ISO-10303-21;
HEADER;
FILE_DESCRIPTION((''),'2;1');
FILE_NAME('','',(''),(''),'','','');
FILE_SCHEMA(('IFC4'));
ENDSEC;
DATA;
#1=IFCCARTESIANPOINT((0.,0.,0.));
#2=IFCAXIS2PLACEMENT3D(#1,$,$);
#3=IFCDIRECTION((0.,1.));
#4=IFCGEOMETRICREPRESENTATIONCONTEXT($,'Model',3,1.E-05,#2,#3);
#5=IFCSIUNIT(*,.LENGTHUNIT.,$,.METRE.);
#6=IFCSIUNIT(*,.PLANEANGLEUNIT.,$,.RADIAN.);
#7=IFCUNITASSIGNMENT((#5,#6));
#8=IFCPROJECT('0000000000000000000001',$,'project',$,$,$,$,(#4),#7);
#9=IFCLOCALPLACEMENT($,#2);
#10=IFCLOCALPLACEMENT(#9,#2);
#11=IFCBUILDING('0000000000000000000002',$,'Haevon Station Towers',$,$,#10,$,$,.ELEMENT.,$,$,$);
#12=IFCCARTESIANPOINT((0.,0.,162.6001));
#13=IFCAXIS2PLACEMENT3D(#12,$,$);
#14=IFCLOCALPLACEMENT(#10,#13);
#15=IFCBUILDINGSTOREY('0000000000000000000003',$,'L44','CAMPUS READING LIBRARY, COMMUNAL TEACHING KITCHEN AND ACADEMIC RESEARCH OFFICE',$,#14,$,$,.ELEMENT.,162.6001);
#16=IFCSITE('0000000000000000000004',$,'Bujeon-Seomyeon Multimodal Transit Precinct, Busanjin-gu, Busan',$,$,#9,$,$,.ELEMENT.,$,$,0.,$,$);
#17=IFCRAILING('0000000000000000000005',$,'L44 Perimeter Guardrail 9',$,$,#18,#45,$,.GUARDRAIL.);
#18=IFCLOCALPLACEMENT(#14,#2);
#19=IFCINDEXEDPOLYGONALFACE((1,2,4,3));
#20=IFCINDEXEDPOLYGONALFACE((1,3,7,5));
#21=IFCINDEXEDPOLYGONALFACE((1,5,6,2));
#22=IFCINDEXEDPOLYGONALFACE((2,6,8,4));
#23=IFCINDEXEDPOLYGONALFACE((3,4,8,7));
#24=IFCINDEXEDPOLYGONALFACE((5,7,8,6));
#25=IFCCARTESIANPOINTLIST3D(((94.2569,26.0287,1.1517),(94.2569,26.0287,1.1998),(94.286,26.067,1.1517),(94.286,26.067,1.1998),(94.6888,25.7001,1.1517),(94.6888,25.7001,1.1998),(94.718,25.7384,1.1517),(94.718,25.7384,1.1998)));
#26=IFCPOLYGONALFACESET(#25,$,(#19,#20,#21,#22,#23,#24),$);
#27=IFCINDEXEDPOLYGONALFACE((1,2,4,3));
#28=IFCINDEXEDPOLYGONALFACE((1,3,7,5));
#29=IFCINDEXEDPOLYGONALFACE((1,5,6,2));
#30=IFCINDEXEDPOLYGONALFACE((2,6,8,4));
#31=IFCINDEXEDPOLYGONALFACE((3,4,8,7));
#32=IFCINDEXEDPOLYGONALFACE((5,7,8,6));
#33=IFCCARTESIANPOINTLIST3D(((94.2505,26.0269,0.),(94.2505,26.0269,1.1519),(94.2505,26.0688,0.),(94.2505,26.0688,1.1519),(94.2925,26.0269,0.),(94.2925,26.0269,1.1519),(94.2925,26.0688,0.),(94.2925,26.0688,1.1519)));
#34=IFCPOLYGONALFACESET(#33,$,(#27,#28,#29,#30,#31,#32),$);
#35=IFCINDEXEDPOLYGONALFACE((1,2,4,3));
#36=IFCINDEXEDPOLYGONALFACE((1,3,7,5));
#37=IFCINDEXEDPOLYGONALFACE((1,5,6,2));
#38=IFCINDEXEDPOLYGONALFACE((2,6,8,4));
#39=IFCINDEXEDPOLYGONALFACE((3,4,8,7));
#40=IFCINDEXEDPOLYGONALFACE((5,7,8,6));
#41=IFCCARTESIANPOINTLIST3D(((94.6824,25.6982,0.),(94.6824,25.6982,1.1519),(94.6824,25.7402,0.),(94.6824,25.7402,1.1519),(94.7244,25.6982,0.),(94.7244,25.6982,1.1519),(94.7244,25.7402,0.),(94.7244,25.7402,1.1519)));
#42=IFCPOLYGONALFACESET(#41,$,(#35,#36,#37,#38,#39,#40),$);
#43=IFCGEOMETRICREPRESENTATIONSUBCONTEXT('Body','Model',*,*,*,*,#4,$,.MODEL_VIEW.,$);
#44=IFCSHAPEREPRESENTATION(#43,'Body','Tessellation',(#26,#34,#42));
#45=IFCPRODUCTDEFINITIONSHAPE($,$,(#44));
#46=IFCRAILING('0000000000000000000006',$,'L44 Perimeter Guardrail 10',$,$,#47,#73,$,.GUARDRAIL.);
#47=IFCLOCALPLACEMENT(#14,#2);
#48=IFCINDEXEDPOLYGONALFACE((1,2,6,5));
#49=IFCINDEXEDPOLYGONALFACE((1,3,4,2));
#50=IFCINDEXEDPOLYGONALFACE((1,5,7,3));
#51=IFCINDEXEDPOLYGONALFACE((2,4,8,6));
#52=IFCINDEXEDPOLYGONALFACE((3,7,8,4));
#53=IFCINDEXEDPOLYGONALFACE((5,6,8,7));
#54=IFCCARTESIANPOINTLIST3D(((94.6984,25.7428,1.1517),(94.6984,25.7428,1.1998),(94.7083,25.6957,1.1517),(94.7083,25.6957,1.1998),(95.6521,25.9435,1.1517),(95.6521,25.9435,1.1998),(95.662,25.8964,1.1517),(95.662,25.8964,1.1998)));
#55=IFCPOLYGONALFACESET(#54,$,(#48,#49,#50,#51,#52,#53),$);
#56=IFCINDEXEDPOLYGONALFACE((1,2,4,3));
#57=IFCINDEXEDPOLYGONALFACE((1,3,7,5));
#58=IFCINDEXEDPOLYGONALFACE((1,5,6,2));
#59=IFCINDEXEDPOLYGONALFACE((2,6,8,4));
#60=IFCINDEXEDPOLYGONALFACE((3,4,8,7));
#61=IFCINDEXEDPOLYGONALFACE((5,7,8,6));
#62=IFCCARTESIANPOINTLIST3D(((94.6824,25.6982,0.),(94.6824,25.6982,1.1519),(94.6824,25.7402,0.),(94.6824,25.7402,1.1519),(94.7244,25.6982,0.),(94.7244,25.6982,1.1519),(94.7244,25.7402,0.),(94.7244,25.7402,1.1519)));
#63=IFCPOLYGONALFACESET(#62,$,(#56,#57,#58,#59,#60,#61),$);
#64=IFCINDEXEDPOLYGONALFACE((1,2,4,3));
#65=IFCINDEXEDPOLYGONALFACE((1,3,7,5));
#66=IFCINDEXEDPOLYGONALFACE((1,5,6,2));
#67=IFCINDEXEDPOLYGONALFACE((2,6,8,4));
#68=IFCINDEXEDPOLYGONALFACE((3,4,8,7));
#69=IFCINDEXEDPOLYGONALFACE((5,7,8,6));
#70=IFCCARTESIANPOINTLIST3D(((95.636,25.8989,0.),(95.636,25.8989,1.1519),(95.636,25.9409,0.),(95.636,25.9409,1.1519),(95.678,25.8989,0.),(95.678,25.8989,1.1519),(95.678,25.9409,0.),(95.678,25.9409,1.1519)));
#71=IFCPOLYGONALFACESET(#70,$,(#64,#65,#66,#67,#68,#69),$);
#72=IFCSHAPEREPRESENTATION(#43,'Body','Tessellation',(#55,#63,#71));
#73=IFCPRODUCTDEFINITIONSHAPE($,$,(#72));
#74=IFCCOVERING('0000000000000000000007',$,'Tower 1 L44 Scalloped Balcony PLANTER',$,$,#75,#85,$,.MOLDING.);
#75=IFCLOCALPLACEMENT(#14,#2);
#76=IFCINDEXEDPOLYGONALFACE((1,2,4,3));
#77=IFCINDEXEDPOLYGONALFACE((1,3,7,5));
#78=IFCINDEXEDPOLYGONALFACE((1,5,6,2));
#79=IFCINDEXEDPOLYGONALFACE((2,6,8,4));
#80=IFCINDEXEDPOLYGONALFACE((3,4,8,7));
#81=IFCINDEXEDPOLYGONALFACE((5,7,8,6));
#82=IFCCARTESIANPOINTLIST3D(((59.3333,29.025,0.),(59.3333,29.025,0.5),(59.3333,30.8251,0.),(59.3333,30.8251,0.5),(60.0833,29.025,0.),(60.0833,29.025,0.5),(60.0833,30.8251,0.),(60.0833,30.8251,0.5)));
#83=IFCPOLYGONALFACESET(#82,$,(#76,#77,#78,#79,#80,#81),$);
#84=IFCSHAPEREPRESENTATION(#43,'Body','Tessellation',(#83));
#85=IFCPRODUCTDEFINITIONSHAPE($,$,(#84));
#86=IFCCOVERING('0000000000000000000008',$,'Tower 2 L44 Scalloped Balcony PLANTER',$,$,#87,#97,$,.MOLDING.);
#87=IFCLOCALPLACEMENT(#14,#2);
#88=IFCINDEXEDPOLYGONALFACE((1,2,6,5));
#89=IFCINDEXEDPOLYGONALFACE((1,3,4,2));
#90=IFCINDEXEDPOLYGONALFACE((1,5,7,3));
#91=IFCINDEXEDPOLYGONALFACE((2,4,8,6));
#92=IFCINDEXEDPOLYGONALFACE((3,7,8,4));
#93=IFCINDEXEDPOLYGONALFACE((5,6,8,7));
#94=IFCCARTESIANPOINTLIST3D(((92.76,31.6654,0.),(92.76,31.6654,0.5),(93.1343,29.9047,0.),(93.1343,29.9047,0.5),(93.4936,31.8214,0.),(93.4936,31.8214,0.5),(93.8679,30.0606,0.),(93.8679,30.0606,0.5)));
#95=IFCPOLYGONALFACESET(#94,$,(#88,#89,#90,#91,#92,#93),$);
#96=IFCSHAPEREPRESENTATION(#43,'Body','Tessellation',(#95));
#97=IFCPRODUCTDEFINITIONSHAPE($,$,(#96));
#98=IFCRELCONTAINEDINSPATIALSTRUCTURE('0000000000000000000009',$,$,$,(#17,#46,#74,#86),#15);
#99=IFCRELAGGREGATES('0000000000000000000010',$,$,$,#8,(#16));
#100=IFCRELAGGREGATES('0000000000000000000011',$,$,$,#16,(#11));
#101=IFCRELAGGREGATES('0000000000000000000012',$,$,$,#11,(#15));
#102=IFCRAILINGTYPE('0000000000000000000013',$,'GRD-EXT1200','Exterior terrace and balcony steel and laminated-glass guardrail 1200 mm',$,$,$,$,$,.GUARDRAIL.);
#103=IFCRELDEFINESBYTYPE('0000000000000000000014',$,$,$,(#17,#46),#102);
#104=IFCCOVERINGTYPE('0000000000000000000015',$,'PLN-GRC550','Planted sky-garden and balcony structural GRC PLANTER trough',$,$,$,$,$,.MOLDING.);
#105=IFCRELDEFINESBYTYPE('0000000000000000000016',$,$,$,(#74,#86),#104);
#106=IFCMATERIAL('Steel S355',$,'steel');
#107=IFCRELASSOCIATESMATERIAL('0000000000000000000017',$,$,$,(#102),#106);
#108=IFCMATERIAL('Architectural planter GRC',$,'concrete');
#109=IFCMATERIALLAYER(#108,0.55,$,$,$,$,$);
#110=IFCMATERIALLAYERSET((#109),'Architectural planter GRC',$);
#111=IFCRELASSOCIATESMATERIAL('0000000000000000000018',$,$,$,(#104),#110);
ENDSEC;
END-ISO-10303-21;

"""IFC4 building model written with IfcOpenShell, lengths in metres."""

from ifc_helpers import new_model, si_unit, direction, frame, origin, origin_2d, place, context, subcontext, project, spatial, rectangle, extrude, material, layer, layer_set, type_object, element, save


model = new_model("IFC4")

# Units and contexts
model_context = context("Model", 3, precision=1e-05, world=origin(), true_north=direction((0.0, 1.0)))
body_context = subcontext(model_context, "Body", "Model", "MODEL_VIEW")
ifc_project = project(units=[si_unit("LENGTHUNIT", "METRE"), si_unit("PLANEANGLEUNIT", "RADIAN")], contexts=[model_context])

# Site, building, storey
site_placement = place(None, origin())
site = spatial("IfcSite", under=ifc_project, at=site_placement, Name="Bujeon-Seomyeon Multimodal Transit Precinct, Busanjin-gu, Busan", CompositionType="ELEMENT", RefElevation=0.0)
building_placement = place(site_placement, origin())
building = spatial("IfcBuilding", under=site, at=building_placement, Name="Haevon Station Towers", CompositionType="ELEMENT")
storey_placement = place(building_placement, frame((0.0, 0.0, 162.6001)))
storey = spatial("IfcBuildingStorey", under=building, at=storey_placement, Name="L44", Description="CAMPUS READING LIBRARY, COMMUNAL TEACHING KITCHEN AND ACADEMIC RESEARCH OFFICE", CompositionType="ELEMENT", Elevation=162.6001)

# Shared definitions
ifc_material_1 = material(Name="Steel S355", Category="steel")

# Railings
railing_type = type_object("IfcRailingType", Name="GRD-EXT1200", Description="Exterior terrace and balcony steel and laminated-glass guardrail 1200 mm", PredefinedType="GUARDRAIL", material=ifc_material_1)
railing_1_placement = place(storey_placement, frame((94.2715, 26.0479, 0.0)))
element("IfcRailing", 1, at=railing_1_placement, inside=storey, type_object=railing_type, Name="L44 Perimeter Guardrail 9", PredefinedType="GUARDRAIL", context=body_context, shape_type="SweptSolid", body=[
    extrude(rectangle(XDim=0.0481, YDim=0.0481, at=origin_2d()), frame((0.0, 0.0, 1.1758), z_axis=(0.795824, -0.605528, 0.0), x_axis=(0.605528, 0.795824, 0.0)), (0.0, 0.0, 1.0), 0.5427),
    extrude(rectangle(XDim=0.042, YDim=0.042, at=origin_2d()), origin(), (0.0, 0.0, 1.0), 1.1519),
    extrude(rectangle(XDim=0.042, YDim=0.042, at=origin_2d()), frame((0.4319, -0.3286, 0.0)), (0.0, 0.0, 1.0), 1.1519),
])
railing_2_placement = place(storey_placement, frame((94.7034, 25.7192, 0.0)))
element("IfcRailing", 2, at=railing_2_placement, inside=storey, type_object=railing_type, Name="L44 Perimeter Guardrail 10", PredefinedType="GUARDRAIL", context=body_context, shape_type="SweptSolid", body=[
    extrude(rectangle(XDim=0.0481, YDim=0.0481, at=origin_2d()), frame((0.0, 0.0, 1.1758), z_axis=(0.978566, 0.205935, 0.0), x_axis=(-0.205935, 0.978566, 0.0)), (0.0, 0.0, 1.0), 0.9746),
    extrude(rectangle(XDim=0.042, YDim=0.042, at=origin_2d()), origin(), (0.0, 0.0, 1.0), 1.1519),
    extrude(rectangle(XDim=0.042, YDim=0.042, at=origin_2d()), frame((0.9536, 0.2007, 0.0)), (0.0, 0.0, 1.0), 1.1519),
])

# Coverings
ifc_material_2 = material(Name="Architectural planter GRC", Category="concrete")
ifc_layer_1 = layer(ifc_material_2, 0.55)
ifc_layer_set_1 = layer_set([ifc_layer_1], Name="Architectural planter GRC")
covering_type = type_object("IfcCoveringType", Name="PLN-GRC550", Description="Planted sky-garden and balcony structural GRC PLANTER trough", PredefinedType="MOLDING", material=ifc_layer_set_1)
for number, where, z_axis, x_axis, name in (
    (3, (59.7083, 29.925, 0.0), (0.0, 0.0, 1.0), (1.0, 0.0, 0.0), "Tower 1 L44 Scalloped Balcony PLANTER"),
    (4, (93.314, 30.863, 0.0), (0.0, 0.0, 1.0), (0.978148, 0.207912, 0.0), "Tower 2 L44 Scalloped Balcony PLANTER"),
):
    element("IfcCovering", number, at=place(storey_placement, frame(where, z_axis=z_axis, x_axis=x_axis)), inside=storey, type_object=covering_type, Name=name, PredefinedType="MOLDING", context=body_context, shape_type="SweptSolid", body=[
        extrude(rectangle(XDim=0.75, YDim=1.8, at=origin_2d()), origin(), (0.0, 0.0, 1.0), 0.5),
    ])

save(model, "model.ifc")
